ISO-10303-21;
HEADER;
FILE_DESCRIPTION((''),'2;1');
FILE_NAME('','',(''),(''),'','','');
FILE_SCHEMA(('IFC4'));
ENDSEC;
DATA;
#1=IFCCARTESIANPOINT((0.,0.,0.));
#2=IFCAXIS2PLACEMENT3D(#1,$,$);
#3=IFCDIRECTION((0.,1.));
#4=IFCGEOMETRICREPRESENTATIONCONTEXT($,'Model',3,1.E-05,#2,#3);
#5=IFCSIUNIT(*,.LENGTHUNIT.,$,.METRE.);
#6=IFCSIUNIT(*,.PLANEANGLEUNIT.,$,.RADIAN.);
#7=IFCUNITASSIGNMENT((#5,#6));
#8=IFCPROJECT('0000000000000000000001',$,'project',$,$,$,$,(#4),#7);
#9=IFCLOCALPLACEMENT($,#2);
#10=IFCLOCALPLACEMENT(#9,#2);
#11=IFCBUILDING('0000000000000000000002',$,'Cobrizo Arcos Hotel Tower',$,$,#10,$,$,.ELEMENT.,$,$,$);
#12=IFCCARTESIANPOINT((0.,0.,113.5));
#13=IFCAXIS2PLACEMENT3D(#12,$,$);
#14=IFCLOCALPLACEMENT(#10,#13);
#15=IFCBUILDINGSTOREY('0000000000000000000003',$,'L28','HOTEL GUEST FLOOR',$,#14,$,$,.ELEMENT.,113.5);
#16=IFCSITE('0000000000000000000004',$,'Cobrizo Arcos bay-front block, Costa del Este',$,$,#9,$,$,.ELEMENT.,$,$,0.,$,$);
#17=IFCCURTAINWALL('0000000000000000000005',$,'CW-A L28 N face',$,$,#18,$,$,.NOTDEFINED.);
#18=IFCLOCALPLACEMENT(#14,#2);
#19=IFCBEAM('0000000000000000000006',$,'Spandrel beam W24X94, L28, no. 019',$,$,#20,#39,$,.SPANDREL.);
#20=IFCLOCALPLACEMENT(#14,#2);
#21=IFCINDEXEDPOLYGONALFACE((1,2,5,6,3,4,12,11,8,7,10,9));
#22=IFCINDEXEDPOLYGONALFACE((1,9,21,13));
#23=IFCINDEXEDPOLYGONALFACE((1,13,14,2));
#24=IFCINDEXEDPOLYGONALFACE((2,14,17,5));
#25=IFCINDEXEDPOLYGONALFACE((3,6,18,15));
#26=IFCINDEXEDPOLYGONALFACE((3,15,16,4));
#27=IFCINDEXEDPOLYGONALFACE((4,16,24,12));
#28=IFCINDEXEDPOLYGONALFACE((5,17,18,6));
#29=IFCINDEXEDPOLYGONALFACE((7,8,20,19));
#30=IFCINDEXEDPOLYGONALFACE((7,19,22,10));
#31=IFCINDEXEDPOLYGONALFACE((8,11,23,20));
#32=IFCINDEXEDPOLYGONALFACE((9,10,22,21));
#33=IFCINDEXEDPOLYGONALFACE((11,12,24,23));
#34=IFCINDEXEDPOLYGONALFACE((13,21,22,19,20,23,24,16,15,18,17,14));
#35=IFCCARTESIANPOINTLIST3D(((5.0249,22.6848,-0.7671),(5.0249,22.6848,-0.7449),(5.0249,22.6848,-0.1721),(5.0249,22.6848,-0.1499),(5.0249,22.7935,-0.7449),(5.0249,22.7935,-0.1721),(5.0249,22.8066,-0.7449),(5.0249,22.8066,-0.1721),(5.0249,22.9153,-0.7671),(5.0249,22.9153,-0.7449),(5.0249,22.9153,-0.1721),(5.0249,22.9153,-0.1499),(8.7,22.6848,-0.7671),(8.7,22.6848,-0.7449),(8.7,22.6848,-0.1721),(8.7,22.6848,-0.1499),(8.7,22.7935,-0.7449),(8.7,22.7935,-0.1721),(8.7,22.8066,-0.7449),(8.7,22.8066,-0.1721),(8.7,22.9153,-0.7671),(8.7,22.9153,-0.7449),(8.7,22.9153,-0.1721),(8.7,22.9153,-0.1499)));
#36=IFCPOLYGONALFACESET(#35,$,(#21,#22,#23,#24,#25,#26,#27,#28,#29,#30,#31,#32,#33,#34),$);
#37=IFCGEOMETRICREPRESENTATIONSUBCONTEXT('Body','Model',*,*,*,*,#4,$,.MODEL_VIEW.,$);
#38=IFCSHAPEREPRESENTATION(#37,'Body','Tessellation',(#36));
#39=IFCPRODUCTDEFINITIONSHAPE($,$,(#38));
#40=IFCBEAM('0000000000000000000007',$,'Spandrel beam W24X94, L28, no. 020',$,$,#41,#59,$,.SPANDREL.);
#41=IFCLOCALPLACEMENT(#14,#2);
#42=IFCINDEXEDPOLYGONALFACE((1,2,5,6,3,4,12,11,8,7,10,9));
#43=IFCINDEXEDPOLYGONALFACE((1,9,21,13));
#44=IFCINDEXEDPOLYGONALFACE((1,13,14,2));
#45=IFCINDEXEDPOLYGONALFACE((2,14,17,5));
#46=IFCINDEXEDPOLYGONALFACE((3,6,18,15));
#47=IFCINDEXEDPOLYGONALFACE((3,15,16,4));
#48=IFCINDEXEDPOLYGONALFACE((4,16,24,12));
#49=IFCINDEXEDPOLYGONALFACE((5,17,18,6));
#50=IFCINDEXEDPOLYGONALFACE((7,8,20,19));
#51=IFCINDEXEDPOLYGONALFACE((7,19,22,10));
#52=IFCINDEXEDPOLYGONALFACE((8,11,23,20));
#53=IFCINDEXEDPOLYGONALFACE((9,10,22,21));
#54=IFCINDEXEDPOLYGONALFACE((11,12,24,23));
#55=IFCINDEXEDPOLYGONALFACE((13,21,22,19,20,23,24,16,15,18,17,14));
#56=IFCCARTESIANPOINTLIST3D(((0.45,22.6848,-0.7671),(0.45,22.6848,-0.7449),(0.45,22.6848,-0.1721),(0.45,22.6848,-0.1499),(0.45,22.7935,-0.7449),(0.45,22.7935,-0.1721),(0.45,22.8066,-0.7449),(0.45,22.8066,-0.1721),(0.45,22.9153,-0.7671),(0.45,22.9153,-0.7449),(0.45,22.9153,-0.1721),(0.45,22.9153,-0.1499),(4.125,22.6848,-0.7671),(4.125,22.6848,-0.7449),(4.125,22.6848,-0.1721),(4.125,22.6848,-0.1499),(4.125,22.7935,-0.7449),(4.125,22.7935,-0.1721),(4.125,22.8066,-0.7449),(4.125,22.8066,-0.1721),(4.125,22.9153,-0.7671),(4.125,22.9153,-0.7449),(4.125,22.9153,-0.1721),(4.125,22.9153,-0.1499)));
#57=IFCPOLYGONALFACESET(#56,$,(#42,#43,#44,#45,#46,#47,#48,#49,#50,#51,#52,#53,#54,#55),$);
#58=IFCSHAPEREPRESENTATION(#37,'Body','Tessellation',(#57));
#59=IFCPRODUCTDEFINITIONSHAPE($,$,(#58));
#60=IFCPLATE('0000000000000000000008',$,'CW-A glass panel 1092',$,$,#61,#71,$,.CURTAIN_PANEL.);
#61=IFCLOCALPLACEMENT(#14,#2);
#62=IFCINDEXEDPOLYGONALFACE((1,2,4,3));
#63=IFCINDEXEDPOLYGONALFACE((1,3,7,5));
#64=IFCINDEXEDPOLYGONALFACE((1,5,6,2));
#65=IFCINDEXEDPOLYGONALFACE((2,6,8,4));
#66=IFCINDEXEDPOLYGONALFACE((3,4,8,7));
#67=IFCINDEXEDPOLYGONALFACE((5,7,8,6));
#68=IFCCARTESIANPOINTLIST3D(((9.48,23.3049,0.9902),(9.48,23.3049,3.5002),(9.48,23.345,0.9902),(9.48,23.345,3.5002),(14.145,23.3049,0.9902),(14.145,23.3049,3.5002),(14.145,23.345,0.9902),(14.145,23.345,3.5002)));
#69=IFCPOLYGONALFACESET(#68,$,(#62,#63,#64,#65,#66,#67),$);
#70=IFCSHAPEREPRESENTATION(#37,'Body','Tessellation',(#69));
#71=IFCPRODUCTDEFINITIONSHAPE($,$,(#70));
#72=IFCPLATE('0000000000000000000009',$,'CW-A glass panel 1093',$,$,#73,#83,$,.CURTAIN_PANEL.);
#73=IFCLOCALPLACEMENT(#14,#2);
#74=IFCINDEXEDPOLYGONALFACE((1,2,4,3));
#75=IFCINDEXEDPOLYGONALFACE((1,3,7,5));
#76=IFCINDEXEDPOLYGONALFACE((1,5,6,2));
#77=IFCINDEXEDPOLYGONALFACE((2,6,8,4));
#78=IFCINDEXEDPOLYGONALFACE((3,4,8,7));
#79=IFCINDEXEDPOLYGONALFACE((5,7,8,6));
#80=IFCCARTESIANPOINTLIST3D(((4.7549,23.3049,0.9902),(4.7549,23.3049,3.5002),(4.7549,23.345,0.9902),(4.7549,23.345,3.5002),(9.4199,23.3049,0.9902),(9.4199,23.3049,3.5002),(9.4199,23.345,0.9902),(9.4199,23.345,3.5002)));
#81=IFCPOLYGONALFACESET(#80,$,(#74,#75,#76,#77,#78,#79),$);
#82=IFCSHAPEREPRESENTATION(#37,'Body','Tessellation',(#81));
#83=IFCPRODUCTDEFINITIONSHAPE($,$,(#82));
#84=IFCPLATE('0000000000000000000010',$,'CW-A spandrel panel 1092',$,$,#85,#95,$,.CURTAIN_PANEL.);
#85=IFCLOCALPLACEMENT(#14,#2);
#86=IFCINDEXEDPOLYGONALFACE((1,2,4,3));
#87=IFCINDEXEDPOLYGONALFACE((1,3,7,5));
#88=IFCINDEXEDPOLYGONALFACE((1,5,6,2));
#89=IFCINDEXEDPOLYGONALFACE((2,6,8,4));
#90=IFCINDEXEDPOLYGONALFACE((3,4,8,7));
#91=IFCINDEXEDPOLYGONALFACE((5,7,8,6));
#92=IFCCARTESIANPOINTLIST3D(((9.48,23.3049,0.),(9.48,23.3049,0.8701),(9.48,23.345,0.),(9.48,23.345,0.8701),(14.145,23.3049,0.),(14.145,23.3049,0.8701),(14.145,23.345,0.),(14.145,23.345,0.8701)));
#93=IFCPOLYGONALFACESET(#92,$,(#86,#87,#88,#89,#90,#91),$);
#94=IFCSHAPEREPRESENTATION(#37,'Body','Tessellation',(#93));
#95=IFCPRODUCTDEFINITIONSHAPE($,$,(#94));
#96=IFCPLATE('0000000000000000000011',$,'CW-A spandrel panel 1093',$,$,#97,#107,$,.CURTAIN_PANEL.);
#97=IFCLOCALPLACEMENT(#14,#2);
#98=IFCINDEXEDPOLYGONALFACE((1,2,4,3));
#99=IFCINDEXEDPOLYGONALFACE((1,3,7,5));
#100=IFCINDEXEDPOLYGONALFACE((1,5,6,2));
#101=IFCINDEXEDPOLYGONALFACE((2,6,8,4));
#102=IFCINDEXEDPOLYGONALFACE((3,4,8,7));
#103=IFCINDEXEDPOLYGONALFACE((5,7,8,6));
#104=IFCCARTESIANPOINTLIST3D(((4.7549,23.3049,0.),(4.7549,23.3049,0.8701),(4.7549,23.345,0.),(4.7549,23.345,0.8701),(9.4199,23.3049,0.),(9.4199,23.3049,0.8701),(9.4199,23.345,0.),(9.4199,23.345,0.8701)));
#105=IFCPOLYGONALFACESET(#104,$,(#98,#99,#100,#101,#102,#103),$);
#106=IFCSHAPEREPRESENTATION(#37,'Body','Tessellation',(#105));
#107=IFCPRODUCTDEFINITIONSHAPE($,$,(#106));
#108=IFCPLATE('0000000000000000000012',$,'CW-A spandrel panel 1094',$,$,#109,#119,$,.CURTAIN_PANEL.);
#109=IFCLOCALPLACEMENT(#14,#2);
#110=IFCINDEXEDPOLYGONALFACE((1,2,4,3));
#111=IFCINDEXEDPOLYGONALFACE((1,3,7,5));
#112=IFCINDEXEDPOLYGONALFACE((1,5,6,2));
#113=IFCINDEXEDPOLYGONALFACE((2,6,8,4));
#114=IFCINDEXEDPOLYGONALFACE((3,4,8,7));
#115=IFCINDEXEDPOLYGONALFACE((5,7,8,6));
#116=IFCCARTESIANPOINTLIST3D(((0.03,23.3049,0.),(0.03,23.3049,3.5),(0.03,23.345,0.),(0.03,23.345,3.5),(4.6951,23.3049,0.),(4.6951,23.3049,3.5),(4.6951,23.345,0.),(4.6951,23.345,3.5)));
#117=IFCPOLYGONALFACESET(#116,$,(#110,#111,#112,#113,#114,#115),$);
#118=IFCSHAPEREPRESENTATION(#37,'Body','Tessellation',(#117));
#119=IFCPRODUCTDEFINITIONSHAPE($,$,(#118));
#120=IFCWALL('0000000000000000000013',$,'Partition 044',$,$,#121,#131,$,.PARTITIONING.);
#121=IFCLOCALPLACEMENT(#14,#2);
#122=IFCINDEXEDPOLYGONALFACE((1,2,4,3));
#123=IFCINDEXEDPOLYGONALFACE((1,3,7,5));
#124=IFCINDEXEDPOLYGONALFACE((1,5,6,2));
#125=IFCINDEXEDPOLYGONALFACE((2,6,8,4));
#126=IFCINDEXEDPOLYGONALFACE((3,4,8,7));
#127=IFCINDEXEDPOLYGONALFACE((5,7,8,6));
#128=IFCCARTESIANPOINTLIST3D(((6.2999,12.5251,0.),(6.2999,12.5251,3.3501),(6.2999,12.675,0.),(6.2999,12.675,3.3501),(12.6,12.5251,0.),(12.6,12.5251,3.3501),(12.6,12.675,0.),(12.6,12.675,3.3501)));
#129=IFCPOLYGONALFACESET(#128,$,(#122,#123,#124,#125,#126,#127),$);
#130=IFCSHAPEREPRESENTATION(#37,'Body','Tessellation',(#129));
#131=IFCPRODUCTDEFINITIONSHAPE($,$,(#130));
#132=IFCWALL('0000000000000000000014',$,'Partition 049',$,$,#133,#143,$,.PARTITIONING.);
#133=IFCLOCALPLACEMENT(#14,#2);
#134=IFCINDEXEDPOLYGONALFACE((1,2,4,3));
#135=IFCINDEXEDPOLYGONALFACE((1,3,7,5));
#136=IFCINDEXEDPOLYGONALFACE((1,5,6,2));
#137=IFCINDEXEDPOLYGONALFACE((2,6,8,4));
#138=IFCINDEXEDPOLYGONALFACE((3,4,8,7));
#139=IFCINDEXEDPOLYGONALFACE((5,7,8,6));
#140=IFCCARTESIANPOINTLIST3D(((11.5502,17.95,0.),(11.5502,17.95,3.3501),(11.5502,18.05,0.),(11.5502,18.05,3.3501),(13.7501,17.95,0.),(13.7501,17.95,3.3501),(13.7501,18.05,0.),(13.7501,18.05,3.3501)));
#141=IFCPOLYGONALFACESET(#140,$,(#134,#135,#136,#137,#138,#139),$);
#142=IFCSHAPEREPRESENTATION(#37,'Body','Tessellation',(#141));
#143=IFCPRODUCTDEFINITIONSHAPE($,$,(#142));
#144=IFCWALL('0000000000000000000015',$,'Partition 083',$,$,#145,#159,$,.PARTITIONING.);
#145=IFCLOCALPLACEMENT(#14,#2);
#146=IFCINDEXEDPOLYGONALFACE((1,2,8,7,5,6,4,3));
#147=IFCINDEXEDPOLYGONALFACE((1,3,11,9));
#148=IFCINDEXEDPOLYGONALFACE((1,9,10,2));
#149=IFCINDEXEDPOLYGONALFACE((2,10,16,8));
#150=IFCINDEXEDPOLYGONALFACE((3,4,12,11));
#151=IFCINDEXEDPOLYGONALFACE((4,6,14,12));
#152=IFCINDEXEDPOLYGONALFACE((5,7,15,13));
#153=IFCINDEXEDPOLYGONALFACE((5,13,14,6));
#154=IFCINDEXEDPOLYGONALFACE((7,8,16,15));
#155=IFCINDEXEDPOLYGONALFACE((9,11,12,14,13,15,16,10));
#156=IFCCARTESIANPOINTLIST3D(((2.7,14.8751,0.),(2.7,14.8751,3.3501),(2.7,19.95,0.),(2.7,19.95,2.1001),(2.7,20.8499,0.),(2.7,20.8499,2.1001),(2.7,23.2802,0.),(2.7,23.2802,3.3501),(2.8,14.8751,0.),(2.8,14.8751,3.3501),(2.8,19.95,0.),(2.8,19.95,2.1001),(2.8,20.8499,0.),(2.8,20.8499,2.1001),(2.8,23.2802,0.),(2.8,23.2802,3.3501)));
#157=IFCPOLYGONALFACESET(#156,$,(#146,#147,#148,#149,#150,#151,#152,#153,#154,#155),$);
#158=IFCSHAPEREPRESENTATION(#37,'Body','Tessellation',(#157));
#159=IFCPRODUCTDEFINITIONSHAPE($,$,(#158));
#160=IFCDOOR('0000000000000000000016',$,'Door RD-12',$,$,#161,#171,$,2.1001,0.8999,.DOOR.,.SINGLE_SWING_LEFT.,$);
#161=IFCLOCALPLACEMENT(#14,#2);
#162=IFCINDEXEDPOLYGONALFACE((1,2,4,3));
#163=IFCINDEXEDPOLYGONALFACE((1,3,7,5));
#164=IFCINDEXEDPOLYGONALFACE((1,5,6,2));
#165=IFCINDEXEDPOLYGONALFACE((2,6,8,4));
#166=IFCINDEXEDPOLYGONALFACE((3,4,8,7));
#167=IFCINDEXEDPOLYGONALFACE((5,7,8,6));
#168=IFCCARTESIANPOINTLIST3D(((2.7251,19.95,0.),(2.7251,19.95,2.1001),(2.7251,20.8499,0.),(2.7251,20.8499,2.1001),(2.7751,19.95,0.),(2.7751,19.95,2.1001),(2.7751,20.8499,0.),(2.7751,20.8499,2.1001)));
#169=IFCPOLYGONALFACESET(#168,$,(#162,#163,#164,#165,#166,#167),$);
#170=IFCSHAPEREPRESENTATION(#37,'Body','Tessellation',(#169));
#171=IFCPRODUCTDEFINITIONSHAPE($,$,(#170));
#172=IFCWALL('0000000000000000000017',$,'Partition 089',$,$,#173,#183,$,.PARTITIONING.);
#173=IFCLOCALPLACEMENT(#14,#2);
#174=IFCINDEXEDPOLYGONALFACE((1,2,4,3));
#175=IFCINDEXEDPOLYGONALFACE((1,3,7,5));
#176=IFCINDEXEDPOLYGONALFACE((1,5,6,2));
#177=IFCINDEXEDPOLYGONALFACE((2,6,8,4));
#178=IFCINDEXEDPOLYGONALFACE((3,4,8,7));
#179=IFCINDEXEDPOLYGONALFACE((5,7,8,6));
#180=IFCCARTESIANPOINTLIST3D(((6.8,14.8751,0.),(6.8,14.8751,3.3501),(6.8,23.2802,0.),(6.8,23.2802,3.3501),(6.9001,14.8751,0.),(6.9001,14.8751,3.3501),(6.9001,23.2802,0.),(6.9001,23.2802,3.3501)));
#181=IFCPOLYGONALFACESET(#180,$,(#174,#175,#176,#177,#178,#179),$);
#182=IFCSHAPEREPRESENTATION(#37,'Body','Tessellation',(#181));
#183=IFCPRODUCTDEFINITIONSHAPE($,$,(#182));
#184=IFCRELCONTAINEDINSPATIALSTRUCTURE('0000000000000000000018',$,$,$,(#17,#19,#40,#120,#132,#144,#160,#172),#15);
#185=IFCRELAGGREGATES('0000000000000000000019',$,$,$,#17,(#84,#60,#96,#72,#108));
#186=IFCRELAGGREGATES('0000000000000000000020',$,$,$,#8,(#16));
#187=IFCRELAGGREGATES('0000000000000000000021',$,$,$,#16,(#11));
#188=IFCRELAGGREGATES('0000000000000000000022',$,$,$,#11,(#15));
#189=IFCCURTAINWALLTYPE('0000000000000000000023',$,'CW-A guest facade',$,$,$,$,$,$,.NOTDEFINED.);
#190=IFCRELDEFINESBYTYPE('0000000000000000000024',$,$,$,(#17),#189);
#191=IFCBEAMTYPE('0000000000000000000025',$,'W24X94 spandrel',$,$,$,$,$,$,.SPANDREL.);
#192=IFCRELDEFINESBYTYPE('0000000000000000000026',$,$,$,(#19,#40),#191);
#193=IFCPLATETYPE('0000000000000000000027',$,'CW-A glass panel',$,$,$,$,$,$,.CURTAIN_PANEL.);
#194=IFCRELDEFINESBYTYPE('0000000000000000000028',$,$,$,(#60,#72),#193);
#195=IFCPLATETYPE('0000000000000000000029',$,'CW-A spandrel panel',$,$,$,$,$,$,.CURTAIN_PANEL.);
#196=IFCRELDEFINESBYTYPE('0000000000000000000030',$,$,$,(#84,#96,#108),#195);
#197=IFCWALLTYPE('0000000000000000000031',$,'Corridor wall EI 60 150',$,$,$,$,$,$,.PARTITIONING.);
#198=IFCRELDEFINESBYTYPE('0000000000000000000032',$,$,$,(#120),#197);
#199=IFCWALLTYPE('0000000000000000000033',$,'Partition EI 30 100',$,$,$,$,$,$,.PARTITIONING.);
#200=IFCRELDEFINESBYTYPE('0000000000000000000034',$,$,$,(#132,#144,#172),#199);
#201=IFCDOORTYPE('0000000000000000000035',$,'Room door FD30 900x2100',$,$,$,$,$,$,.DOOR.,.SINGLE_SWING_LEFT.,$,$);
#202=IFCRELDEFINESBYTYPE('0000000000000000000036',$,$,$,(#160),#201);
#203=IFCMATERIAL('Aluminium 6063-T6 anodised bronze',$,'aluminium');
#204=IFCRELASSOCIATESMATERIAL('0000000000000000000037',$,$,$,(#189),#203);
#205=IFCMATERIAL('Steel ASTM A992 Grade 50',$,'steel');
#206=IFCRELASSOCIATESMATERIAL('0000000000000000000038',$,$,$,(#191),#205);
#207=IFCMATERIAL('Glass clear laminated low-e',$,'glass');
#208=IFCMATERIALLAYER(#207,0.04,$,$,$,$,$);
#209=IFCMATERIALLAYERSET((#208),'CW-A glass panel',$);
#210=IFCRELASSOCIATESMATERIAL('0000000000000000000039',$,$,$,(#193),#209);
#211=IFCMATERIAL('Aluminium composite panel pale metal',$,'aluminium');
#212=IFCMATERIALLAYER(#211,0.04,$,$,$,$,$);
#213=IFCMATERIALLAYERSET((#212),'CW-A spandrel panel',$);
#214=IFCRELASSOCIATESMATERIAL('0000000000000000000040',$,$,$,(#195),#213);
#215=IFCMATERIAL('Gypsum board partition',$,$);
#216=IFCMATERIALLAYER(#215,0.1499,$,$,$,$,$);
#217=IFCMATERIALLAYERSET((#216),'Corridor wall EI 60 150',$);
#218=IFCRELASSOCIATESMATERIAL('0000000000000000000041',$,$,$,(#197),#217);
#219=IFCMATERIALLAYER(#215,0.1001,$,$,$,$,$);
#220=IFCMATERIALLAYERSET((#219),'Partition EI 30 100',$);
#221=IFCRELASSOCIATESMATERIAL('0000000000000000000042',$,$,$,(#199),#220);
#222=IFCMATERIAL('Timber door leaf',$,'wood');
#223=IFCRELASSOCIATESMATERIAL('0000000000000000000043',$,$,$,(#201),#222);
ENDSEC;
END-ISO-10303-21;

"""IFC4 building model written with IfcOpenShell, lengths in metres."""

from ifc_helpers import new_model, si_unit, direction, frame, frame_2d, origin, origin_2d, place, context, subcontext, project, spatial, rectangle, i_section, extrude, material, layer, layer_set, material_profile, profile_set, type_object, element, fill, aggregate, save


model = new_model("IFC4")

# Units and contexts
model_context = context("Model", 3, precision=1e-05, world=origin(), true_north=direction((0.0, 1.0)))
body_context = subcontext(model_context, "Body", "Model", "MODEL_VIEW")
ifc_project = project(units=[si_unit("LENGTHUNIT", "METRE"), si_unit("PLANEANGLEUNIT", "RADIAN")], contexts=[model_context])

# Site, building, storey
site_placement = place(None, origin())
site = spatial("IfcSite", under=ifc_project, at=site_placement, Name="Cobrizo Arcos bay-front block, Costa del Este", CompositionType="ELEMENT", RefElevation=0.0)
building_placement = place(site_placement, origin())
building = spatial("IfcBuilding", under=site, at=building_placement, Name="Cobrizo Arcos Hotel Tower", CompositionType="ELEMENT")
storey_placement = place(building_placement, frame((0.0, 0.0, 113.5)))
storey = spatial("IfcBuildingStorey", under=building, at=storey_placement, Name="L28", Description="HOTEL GUEST FLOOR", CompositionType="ELEMENT", Elevation=113.5)

# Curtain wall
ifc_material_1 = material(Name="Aluminium 6063-T6 anodised bronze", Category="aluminium")
curtain_wall_type = type_object("IfcCurtainWallType", Name="CW-A guest facade", PredefinedType="NOTDEFINED", material=ifc_material_1)
curtain_wall_placement = place(storey_placement, origin())
curtain_wall = element("IfcCurtainWall", 1, at=curtain_wall_placement, inside=storey, type_object=curtain_wall_type, Name="CW-A L28 N face", PredefinedType="NOTDEFINED")

# Beams
ifc_material_2 = material(Name="Steel ASTM A992 Grade 50", Category="steel")
ifc_material_profile_1 = material_profile(ifc_material_2, i_section(OverallWidth=0.2305, OverallDepth=0.6172, WebThickness=0.0132, FlangeThickness=0.0222, at=origin_2d()), Name="W24X94")
ifc_profile_set_1 = profile_set([ifc_material_profile_1], Name="Steel ASTM A992 Grade 50")
beam_type_1 = type_object("IfcBeamType", Name="W24X94 spandrel", PredefinedType="SPANDREL", material=ifc_profile_set_1)
for number, where, z_axis, x_axis, name in (
    (2, (8.7, 22.8, -0.4585), (-1.0, 0.0, 0.0), (0.0, -1.0, 0.0), "Spandrel beam W24X94, L28, no. 019"),
    (3, (4.125, 22.8, -0.4585), (-1.0, 0.0, 0.0), (0.0, -1.0, 0.0), "Spandrel beam W24X94, L28, no. 020"),
):
    element("IfcBeam", number, at=place(storey_placement, frame(where, z_axis=z_axis, x_axis=x_axis)), inside=storey, type_object=beam_type_1, Name=name, PredefinedType="SPANDREL", context=body_context, shape_type="SweptSolid", body=[
        extrude(i_section(OverallWidth=0.2305, OverallDepth=0.6172, WebThickness=0.0132, FlangeThickness=0.0222, at=origin_2d()), origin(), (0.0, 0.0, 1.0), 3.675),
    ])

# Plates
ifc_material_3 = material(Name="Glass clear laminated low-e", Category="glass")
ifc_layer_1 = layer(ifc_material_3, 0.04)
ifc_layer_set_1 = layer_set([ifc_layer_1], Name="CW-A glass panel")
plate_type_1 = type_object("IfcPlateType", Name="CW-A glass panel", PredefinedType="CURTAIN_PANEL", material=ifc_layer_set_1)
plate_1_placement = place(storey_placement, frame((11.8125, 23.325, 0.9902), z_axis=(0.0, 0.0, 1.0), x_axis=(-1.0, 0.0, 0.0)))
plate_1 = element("IfcPlate", 4, at=plate_1_placement, type_object=plate_type_1, Name="CW-A glass panel 1092", PredefinedType="CURTAIN_PANEL", context=body_context, shape_type="SweptSolid", body=[
    extrude(rectangle(XDim=4.665, YDim=0.04, at=origin_2d()), origin(), (0.0, 0.0, 1.0), 2.51),
])
plate_2_placement = place(storey_placement, frame((7.0874, 23.325, 0.9902), z_axis=(0.0, 0.0, 1.0), x_axis=(-1.0, 0.0, 0.0)))
plate_2 = element("IfcPlate", 5, at=plate_2_placement, type_object=plate_type_1, Name="CW-A glass panel 1093", PredefinedType="CURTAIN_PANEL", context=body_context, shape_type="SweptSolid", body=[
    extrude(rectangle(XDim=4.665, YDim=0.04, at=origin_2d()), origin(), (0.0, 0.0, 1.0), 2.51),
])
ifc_material_4 = material(Name="Aluminium composite panel pale metal", Category="aluminium")
ifc_layer_2 = layer(ifc_material_4, 0.04)
ifc_layer_set_2 = layer_set([ifc_layer_2], Name="CW-A spandrel panel")
plate_type_2 = type_object("IfcPlateType", Name="CW-A spandrel panel", PredefinedType="CURTAIN_PANEL", material=ifc_layer_set_2)
plate_3_placement = place(storey_placement, frame((11.8125, 23.325, 0.0), z_axis=(0.0, 0.0, 1.0), x_axis=(-1.0, 0.0, 0.0)))
plate_3 = element("IfcPlate", 6, at=plate_3_placement, type_object=plate_type_2, Name="CW-A spandrel panel 1092", PredefinedType="CURTAIN_PANEL", context=body_context, shape_type="SweptSolid", body=[
    extrude(rectangle(XDim=4.665, YDim=0.04, at=origin_2d()), origin(), (0.0, 0.0, 1.0), 0.8701),
])
plate_4_placement = place(storey_placement, frame((7.0874, 23.325, 0.0), z_axis=(0.0, 0.0, 1.0), x_axis=(-1.0, 0.0, 0.0)))
plate_4 = element("IfcPlate", 7, at=plate_4_placement, type_object=plate_type_2, Name="CW-A spandrel panel 1093", PredefinedType="CURTAIN_PANEL", context=body_context, shape_type="SweptSolid", body=[
    extrude(rectangle(XDim=4.665, YDim=0.04, at=origin_2d()), origin(), (0.0, 0.0, 1.0), 0.8701),
])
plate_5_placement = place(storey_placement, frame((2.3625, 23.325, 0.0), z_axis=(0.0, 0.0, 1.0), x_axis=(-1.0, 0.0, 0.0)))
plate_5 = element("IfcPlate", 8, at=plate_5_placement, type_object=plate_type_2, Name="CW-A spandrel panel 1094", PredefinedType="CURTAIN_PANEL", context=body_context, shape_type="SweptSolid", body=[
    extrude(rectangle(XDim=4.665, YDim=0.04, at=origin_2d()), origin(), (0.0, 0.0, 1.0), 3.5),
])
aggregate(curtain_wall, [plate_3, plate_1, plate_4, plate_2, plate_5])

# Walls
ifc_material_5 = material(Name="Gypsum board partition")
ifc_layer_3 = layer(ifc_material_5, 0.1499)
ifc_layer_set_3 = layer_set([ifc_layer_3], Name="Corridor wall EI 60 150")
wall_type_1 = type_object("IfcWallType", Name="Corridor wall EI 60 150", PredefinedType="PARTITIONING", material=ifc_layer_set_3)
wall_1_placement = place(storey_placement, frame((6.3, 12.6001, 0.0), z_axis=(0.0, 0.0, 1.0), x_axis=(1.0, 0.0, 0.0)))
element("IfcWall", 9, at=wall_1_placement, inside=storey, type_object=wall_type_1, Name="Partition 044", PredefinedType="PARTITIONING", context=body_context, shape_type="SweptSolid", body=[
    extrude(rectangle(XDim=6.3, YDim=0.1499, at=frame_2d((3.1499, 0.0))), origin(), (0.0, 0.0, 1.0), 3.3501),
])
ifc_layer_4 = layer(ifc_material_5, 0.1001)
ifc_layer_set_4 = layer_set([ifc_layer_4], Name="Partition EI 30 100")
wall_type_2 = type_object("IfcWallType", Name="Partition EI 30 100", PredefinedType="PARTITIONING", material=ifc_layer_set_4)
wall_2_placement = place(storey_placement, frame((11.55, 18.0, 0.0), z_axis=(0.0, 0.0, 1.0), x_axis=(1.0, 0.0, 0.0)))
element("IfcWall", 10, at=wall_2_placement, inside=storey, type_object=wall_type_2, Name="Partition 049", PredefinedType="PARTITIONING", context=body_context, shape_type="SweptSolid", body=[
    extrude(rectangle(XDim=2.2, YDim=0.1001, at=frame_2d((1.1001, 0.0))), origin(), (0.0, 0.0, 1.0), 3.3501),
])

# Wall, opening, door
wall_3_placement = place(storey_placement, frame((2.75, 14.875, 0.0), z_axis=(0.0, 0.0, 1.0), x_axis=(0.0, 1.0, 0.0)))
wall_3 = element("IfcWall", 11, at=wall_3_placement, inside=storey, type_object=wall_type_2, Name="Partition 083", PredefinedType="PARTITIONING", context=body_context, shape_type="SweptSolid", body=[
    extrude(rectangle(XDim=8.405, YDim=0.1001, at=frame_2d((4.2026, 0.0))), origin(), (0.0, 0.0, 1.0), 3.3501),
])
opening_1_placement = place(wall_3_placement, frame((5.075, 0.0, 0.0)))
opening_1 = element("IfcOpeningElement", 12, at=opening_1_placement, cuts=wall_3, PredefinedType="OPENING", context=body_context, shape_type="SweptSolid", body=[
    extrude(rectangle(XDim=0.8999, YDim=2.1001, at=frame_2d((0.45, 1.05))), frame((0.0, 0.062, 0.0), z_axis=(0.0, -1.0, 0.0), x_axis=(1.0, 0.0, 0.0)), (0.0, 0.0, 1.0), 0.124),
])
ifc_material_6 = material(Name="Timber door leaf", Category="wood")
door_type_1 = type_object("IfcDoorType", Name="Room door FD30 900x2100", OperationType="SINGLE_SWING_LEFT", PredefinedType="DOOR", material=ifc_material_6)
door_1_placement = place(opening_1_placement, origin())
door_1 = element("IfcDoor", 13, at=door_1_placement, inside=storey, type_object=door_type_1, Name="Door RD-12", OperationType="SINGLE_SWING_LEFT", OverallHeight=2.1001, OverallWidth=0.8999, PredefinedType="DOOR", context=body_context, shape_type="SweptSolid", body=[
    extrude(rectangle(XDim=0.8999, YDim=2.1001, at=frame_2d((0.45, 1.05))), frame((0.0, 0.0249, 0.0), z_axis=(0.0, -1.0, 0.0), x_axis=(1.0, 0.0, 0.0)), (0.0, 0.0, 1.0), 0.05),
])
fill(opening_1, door_1)

# Wall
wall_4_placement = place(storey_placement, frame((6.8501, 14.875, 0.0), z_axis=(0.0, 0.0, 1.0), x_axis=(0.0, 1.0, 0.0)))
element("IfcWall", 14, at=wall_4_placement, inside=storey, type_object=wall_type_2, Name="Partition 089", PredefinedType="PARTITIONING", context=body_context, shape_type="SweptSolid", body=[
    extrude(rectangle(XDim=8.405, YDim=0.1001, at=frame_2d((4.2026, 0.0))), origin(), (0.0, 0.0, 1.0), 3.3501),
])

save(model, "model.ifc")
